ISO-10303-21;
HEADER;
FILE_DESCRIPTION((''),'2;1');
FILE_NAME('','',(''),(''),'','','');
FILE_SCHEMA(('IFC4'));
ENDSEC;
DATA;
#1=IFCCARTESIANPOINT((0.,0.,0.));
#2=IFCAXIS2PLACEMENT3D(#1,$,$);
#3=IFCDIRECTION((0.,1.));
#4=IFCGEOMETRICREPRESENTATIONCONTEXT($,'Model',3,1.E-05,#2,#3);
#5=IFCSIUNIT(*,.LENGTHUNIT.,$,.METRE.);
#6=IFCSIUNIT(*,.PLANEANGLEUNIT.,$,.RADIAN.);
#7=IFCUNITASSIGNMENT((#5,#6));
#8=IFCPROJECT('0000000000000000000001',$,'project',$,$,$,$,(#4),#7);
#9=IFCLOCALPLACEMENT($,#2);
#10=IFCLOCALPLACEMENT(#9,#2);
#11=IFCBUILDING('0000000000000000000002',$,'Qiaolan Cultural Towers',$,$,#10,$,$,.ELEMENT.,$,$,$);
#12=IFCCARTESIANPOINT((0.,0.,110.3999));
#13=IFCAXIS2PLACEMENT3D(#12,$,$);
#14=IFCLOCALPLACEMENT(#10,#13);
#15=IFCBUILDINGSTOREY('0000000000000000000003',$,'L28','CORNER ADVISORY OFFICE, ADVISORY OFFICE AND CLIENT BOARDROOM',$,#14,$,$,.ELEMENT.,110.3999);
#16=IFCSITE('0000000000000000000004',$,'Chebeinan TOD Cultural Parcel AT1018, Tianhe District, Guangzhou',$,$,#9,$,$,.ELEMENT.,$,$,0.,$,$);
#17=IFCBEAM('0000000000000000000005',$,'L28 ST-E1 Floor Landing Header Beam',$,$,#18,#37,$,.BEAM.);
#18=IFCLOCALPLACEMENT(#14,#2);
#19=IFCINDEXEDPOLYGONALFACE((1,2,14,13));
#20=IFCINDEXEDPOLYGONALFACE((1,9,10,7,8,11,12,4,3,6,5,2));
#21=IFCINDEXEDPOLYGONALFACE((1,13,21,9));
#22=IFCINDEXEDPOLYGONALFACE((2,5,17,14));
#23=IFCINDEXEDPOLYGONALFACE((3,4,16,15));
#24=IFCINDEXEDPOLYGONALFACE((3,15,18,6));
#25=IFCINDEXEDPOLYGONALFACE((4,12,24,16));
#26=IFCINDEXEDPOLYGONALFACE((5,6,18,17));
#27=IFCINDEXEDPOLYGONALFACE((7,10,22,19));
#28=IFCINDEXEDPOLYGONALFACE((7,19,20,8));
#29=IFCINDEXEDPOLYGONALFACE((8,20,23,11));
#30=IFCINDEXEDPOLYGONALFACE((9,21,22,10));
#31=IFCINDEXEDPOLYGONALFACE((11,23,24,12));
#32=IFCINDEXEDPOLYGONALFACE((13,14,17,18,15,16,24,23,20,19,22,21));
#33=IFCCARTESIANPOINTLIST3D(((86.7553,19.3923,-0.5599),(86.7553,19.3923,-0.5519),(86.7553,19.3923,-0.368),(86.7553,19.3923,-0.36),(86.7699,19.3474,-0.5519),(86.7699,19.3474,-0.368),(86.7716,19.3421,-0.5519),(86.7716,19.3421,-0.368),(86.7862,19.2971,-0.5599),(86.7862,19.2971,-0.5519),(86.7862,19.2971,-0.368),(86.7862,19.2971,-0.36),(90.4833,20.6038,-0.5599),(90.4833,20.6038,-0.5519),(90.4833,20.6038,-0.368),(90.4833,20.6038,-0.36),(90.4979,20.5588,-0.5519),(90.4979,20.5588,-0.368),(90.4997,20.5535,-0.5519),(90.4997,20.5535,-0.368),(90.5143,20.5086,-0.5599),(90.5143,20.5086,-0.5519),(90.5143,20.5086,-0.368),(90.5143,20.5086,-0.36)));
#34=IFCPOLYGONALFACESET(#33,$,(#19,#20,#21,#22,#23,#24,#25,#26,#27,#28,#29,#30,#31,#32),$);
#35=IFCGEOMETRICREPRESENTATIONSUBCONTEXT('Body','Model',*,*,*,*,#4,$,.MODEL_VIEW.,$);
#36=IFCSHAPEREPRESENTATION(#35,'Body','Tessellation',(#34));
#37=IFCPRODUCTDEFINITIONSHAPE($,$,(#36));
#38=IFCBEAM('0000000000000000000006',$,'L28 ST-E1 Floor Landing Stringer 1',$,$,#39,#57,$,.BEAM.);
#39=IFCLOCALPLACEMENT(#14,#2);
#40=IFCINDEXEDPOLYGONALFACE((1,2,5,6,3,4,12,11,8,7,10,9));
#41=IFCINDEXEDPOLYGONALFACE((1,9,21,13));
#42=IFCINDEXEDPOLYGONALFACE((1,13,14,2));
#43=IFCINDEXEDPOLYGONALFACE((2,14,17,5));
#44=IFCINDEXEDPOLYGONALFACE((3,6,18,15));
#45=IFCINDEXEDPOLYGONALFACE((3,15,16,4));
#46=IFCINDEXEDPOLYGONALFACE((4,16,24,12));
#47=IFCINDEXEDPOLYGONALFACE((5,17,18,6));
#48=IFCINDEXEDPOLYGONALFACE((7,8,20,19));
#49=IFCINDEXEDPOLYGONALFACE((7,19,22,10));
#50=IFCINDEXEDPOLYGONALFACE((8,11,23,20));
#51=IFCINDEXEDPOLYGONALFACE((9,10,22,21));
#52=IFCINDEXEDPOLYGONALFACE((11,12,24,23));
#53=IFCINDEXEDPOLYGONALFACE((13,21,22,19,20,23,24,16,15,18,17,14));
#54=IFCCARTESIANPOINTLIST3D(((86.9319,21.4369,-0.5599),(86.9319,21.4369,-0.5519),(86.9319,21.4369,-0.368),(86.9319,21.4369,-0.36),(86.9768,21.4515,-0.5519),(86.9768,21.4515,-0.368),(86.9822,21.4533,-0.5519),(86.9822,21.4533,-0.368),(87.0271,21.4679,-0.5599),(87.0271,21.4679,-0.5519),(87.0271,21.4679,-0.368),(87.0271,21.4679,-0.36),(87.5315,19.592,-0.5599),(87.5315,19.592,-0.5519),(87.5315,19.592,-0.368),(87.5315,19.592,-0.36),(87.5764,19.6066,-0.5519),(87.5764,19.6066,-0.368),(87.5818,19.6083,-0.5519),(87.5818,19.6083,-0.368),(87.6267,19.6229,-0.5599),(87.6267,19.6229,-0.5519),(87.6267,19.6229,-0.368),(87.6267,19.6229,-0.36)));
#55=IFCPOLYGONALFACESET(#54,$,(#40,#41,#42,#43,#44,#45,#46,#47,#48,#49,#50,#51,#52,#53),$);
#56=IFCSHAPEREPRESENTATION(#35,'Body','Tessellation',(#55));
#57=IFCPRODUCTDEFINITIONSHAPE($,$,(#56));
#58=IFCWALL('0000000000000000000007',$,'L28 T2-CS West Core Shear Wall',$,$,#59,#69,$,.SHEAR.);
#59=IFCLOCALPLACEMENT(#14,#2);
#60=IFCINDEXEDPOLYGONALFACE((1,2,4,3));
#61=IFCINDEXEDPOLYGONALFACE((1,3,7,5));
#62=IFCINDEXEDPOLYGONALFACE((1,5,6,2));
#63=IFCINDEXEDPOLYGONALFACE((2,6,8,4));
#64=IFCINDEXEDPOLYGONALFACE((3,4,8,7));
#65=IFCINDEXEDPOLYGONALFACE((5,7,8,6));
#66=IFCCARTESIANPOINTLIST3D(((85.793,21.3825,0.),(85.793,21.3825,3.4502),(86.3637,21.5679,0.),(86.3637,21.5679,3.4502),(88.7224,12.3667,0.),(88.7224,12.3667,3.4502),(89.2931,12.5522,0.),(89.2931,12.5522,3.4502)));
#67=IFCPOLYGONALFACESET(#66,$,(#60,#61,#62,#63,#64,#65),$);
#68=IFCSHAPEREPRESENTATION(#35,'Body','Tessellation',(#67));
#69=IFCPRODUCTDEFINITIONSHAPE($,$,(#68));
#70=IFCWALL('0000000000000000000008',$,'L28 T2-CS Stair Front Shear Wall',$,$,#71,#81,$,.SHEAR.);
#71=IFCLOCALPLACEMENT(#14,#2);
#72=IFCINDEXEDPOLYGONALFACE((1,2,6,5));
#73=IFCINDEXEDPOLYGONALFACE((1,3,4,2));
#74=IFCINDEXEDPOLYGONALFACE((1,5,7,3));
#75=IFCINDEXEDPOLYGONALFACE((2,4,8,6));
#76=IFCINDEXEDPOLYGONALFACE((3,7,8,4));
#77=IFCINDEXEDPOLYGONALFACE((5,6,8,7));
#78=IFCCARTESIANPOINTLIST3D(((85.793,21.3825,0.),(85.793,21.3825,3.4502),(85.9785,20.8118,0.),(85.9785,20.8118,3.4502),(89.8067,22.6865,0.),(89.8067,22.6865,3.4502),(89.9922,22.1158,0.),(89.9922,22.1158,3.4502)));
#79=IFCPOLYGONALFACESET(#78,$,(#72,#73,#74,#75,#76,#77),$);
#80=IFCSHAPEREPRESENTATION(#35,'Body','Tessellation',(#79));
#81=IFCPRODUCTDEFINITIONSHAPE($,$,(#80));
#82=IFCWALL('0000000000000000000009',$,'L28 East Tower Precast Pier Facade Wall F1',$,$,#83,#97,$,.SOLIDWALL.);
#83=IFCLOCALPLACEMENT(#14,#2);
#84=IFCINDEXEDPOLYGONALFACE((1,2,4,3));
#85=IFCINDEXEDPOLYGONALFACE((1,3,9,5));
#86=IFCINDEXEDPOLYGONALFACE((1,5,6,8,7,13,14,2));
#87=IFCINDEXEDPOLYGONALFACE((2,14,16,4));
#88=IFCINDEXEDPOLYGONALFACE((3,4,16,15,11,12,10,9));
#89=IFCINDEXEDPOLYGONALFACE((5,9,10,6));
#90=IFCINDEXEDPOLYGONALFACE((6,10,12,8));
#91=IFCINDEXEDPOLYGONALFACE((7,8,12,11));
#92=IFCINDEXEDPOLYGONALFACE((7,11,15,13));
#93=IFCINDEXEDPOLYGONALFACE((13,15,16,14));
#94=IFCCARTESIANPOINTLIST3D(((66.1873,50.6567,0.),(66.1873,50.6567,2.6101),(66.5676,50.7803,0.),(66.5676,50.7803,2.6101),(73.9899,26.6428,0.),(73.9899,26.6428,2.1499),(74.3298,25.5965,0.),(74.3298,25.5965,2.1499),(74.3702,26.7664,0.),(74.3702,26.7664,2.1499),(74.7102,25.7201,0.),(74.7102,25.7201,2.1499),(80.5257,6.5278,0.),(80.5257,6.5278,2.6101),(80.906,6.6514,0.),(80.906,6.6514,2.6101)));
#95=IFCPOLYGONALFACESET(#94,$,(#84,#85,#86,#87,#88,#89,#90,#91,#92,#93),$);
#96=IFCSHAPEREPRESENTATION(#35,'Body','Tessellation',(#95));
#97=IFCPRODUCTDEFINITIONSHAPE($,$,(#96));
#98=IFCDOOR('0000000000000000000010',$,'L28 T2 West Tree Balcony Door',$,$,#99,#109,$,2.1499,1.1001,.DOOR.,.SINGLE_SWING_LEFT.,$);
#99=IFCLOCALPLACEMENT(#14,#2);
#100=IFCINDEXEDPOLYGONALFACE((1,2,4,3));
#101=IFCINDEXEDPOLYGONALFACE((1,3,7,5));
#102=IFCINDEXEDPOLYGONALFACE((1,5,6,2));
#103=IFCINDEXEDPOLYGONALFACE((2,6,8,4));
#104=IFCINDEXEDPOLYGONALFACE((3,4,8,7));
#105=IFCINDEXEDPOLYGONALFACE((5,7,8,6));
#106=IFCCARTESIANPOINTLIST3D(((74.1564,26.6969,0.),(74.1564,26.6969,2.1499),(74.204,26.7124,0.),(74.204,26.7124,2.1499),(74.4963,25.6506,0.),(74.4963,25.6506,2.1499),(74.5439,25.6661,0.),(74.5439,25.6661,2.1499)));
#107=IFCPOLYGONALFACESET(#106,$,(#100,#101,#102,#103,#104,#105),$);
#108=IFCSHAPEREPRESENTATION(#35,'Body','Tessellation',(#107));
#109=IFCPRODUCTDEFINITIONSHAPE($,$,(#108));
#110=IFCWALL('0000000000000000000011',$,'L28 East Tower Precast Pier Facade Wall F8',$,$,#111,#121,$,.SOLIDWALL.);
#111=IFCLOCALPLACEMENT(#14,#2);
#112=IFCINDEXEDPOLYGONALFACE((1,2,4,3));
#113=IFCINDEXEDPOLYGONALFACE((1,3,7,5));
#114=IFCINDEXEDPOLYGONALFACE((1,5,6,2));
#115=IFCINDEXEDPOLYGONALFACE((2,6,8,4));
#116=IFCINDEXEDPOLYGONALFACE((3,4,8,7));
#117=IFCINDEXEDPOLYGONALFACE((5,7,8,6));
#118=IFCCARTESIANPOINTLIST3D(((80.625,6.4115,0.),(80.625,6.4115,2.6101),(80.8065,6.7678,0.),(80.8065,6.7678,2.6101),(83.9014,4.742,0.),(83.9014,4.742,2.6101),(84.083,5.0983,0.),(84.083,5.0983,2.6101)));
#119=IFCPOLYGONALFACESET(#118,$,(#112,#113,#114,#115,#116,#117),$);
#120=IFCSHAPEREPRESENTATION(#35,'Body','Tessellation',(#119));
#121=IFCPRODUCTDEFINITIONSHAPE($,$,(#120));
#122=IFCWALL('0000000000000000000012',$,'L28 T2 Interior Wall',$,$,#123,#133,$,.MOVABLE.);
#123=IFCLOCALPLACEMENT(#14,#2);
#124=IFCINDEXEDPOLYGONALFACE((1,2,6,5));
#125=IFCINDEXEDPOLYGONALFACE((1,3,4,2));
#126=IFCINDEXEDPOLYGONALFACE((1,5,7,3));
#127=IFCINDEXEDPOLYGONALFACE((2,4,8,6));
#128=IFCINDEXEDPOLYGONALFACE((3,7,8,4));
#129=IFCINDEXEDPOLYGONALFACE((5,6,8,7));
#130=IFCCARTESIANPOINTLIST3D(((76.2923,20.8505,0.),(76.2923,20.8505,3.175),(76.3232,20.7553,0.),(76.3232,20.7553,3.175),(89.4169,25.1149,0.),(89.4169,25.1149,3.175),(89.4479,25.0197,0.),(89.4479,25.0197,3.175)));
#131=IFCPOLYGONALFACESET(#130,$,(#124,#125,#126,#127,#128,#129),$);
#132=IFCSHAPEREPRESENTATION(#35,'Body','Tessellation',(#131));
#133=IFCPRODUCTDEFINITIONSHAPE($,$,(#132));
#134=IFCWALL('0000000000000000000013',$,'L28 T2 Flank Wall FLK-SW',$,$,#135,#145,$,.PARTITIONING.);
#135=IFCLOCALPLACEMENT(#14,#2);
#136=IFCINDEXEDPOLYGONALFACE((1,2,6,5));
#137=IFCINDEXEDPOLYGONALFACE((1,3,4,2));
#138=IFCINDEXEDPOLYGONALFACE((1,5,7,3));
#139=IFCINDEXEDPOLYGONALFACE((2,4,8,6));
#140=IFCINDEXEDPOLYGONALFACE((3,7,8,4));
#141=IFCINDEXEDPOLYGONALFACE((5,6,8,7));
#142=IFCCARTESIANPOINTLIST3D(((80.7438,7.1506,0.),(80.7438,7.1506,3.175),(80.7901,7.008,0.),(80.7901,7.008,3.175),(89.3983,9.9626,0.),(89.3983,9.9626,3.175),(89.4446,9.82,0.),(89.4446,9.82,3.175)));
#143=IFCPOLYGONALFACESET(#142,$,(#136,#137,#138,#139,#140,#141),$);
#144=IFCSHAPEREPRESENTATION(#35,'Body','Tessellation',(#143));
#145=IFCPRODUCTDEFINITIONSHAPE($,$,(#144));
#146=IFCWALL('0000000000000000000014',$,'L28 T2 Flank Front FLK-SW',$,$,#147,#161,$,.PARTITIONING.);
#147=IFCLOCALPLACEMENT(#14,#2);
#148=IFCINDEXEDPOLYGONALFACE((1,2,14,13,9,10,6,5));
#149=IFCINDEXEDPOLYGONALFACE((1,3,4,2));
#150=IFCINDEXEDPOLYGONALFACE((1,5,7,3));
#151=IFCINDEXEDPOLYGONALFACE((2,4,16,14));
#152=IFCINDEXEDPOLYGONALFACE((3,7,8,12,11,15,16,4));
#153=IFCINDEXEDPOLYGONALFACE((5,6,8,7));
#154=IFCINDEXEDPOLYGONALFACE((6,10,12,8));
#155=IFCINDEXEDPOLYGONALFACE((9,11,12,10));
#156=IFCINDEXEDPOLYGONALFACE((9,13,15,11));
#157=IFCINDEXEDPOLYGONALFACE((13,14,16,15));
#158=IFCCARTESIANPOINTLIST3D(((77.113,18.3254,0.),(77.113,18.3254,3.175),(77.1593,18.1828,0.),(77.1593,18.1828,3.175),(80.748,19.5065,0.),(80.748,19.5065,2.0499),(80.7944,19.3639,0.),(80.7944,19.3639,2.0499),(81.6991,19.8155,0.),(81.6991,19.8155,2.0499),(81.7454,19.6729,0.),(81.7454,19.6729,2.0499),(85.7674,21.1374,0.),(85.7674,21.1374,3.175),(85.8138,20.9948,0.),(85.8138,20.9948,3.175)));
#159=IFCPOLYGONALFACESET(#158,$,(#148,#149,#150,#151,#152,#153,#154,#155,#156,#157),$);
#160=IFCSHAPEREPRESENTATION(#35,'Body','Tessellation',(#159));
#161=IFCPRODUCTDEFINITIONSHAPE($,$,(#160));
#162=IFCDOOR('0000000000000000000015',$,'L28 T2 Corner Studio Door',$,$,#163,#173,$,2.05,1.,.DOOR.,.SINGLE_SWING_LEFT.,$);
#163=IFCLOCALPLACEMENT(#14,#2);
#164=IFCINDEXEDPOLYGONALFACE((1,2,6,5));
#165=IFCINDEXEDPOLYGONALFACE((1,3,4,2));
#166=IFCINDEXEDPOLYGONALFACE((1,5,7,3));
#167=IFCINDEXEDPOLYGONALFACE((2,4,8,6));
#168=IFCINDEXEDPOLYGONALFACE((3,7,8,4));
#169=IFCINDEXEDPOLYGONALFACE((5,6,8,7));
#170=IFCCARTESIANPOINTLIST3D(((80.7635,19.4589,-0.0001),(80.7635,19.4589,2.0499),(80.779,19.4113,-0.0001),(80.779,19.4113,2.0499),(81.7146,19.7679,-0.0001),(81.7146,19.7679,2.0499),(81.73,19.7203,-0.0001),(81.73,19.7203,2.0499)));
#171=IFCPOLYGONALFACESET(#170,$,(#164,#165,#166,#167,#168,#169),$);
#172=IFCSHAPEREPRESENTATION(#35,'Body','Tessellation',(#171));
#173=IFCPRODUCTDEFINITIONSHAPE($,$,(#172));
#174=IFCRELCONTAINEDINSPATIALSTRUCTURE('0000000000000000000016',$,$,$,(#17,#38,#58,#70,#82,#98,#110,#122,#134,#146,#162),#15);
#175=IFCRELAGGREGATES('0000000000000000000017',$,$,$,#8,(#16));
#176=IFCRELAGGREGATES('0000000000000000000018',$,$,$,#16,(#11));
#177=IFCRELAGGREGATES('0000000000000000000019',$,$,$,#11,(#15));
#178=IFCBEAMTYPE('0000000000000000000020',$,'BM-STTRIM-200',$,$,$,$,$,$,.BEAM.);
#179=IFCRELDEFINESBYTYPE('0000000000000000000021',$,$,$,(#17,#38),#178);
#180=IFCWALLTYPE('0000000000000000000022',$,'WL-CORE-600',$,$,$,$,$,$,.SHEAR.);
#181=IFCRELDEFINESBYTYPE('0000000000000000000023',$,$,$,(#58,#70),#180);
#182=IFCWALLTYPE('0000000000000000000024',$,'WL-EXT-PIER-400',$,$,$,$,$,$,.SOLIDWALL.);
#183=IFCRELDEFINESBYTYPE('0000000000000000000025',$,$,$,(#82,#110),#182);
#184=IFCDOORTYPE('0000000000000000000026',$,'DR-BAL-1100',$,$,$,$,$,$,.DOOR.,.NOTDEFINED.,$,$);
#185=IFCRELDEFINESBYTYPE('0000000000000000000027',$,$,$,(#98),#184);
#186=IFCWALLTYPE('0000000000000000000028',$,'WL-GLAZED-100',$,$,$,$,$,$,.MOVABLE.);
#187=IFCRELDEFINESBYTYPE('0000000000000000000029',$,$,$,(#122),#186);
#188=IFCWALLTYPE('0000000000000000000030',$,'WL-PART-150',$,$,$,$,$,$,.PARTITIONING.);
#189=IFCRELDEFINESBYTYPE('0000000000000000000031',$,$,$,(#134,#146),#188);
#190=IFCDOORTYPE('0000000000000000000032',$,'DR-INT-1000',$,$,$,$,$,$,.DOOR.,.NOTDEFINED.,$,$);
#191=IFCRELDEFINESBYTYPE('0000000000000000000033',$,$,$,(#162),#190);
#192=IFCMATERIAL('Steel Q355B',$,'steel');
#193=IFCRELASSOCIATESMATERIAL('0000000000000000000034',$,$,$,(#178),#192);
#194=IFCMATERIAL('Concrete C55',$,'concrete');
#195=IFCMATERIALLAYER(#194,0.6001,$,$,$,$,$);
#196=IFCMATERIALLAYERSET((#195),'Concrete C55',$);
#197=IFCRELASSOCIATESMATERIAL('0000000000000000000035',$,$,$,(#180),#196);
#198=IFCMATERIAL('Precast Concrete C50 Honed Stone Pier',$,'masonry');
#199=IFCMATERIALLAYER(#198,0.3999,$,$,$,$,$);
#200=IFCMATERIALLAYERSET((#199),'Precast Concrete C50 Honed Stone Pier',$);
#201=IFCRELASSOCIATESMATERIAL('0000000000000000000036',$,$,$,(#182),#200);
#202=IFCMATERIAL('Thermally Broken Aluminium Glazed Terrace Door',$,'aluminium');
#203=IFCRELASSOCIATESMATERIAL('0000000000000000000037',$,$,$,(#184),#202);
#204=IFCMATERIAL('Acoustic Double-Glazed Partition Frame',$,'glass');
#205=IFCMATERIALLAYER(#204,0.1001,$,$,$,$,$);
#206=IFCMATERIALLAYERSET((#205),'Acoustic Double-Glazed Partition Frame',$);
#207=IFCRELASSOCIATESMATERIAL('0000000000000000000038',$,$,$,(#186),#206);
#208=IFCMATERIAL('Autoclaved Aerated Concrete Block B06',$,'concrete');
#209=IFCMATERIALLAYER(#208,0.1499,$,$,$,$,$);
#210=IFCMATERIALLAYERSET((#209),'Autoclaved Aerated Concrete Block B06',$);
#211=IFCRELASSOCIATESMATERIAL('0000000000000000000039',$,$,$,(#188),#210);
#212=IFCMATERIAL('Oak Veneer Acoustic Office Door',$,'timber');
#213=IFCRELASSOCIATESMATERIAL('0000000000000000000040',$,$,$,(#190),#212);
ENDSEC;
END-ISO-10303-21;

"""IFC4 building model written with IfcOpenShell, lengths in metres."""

from ifc_helpers import new_model, si_unit, direction, frame, frame_2d, origin, origin_2d, place, context, subcontext, project, spatial, rectangle, i_section, extrude, material, layer, layer_set, material_profile, profile_set, type_object, element, fill, save


model = new_model("IFC4")

# Units and contexts
model_context = context("Model", 3, precision=1e-05, world=origin(), true_north=direction((0.0, 1.0)))
body_context = subcontext(model_context, "Body", "Model", "MODEL_VIEW")
ifc_project = project(units=[si_unit("LENGTHUNIT", "METRE"), si_unit("PLANEANGLEUNIT", "RADIAN")], contexts=[model_context])

# Site, building, storey
site_placement = place(None, origin())
site = spatial("IfcSite", under=ifc_project, at=site_placement, Name="Chebeinan TOD Cultural Parcel AT1018, Tianhe District, Guangzhou", CompositionType="ELEMENT", RefElevation=0.0)
building_placement = place(site_placement, origin())
building = spatial("IfcBuilding", under=site, at=building_placement, Name="Qiaolan Cultural Towers", CompositionType="ELEMENT")
storey_placement = place(building_placement, frame((0.0, 0.0, 110.3999)))
storey = spatial("IfcBuildingStorey", under=building, at=storey_placement, Name="L28", Description="CORNER ADVISORY OFFICE, ADVISORY OFFICE AND CLIENT BOARDROOM", CompositionType="ELEMENT", Elevation=110.3999)

# Beams
ifc_material_1 = material(Name="Steel Q355B", Category="steel")
ifc_material_profile_1 = material_profile(ifc_material_1, i_section(OverallWidth=0.1001, OverallDepth=0.2, WebThickness=0.0056, FlangeThickness=0.0081, at=origin_2d()), Name="HN200x100x5.5x8")
ifc_profile_set_1 = profile_set([ifc_material_profile_1], Name="Steel Q355B")
beam_type_1 = type_object("IfcBeamType", Name="BM-STTRIM-200", PredefinedType="BEAM", material=ifc_profile_set_1)
beam_1_placement = place(storey_placement, frame((86.7708, 19.3447, -0.46), z_axis=(0.951048, 0.309044, 0.0), x_axis=(-0.309044, 0.951048, 0.0)))
element("IfcBeam", 1, at=beam_1_placement, inside=storey, type_object=beam_type_1, Name="L28 ST-E1 Floor Landing Header Beam", PredefinedType="BEAM", context=body_context, shape_type="SweptSolid", body=[
    extrude(i_section(OverallWidth=0.1001, OverallDepth=0.2, WebThickness=0.0056, FlangeThickness=0.0081, at=origin_2d()), origin(), (0.0, 0.0, 1.0), 3.9199),
])
beam_2_placement = place(storey_placement, frame((86.9795, 21.4524, -0.46), z_axis=(0.309083, -0.951035, 0.0), x_axis=(0.951035, 0.309083, 0.0)))
element("IfcBeam", 2, at=beam_2_placement, inside=storey, type_object=beam_type_1, Name="L28 ST-E1 Floor Landing Stringer 1", PredefinedType="BEAM", context=body_context, shape_type="SweptSolid", body=[
    extrude(i_section(OverallWidth=0.1001, OverallDepth=0.2, WebThickness=0.0056, FlangeThickness=0.0081, at=origin_2d()), origin(), (0.0, 0.0, 1.0), 1.9399),
])

# Walls
ifc_material_2 = material(Name="Concrete C55", Category="concrete")
ifc_layer_1 = layer(ifc_material_2, 0.6001)
ifc_layer_set_1 = layer_set([ifc_layer_1], Name="Concrete C55")
wall_type_1 = type_object("IfcWallType", Name="WL-CORE-600", PredefinedType="SHEAR", material=ifc_layer_set_1)
wall_1_placement = place(storey_placement, frame((86.0784, 21.4751, 0.0), z_axis=(0.0, 0.0, 1.0), x_axis=(0.309018, -0.951056, 0.0)))
element("IfcWall", 3, at=wall_1_placement, inside=storey, type_object=wall_type_1, Name="L28 T2-CS West Core Shear Wall", PredefinedType="SHEAR", context=body_context, shape_type="SweptSolid", body=[
    extrude(rectangle(XDim=9.4797, YDim=0.6001, at=frame_2d((4.7397, 0.0))), origin(), (0.0, 0.0, 1.0), 3.4502),
])
wall_2_placement = place(storey_placement, frame((85.8857, 21.0972, 0.0), z_axis=(0.0, 0.0, 1.0), x_axis=(0.951068, 0.308981, 0.0)))
element("IfcWall", 4, at=wall_2_placement, inside=storey, type_object=wall_type_1, Name="L28 T2-CS Stair Front Shear Wall", PredefinedType="SHEAR", context=body_context, shape_type="SweptSolid", body=[
    extrude(rectangle(XDim=4.2202, YDim=0.6001, at=frame_2d((2.1101, 0.0))), origin(), (0.0, 0.0, 1.0), 3.4502),
])

# Wall, opening, door
ifc_material_3 = material(Name="Precast Concrete C50 Honed Stone Pier", Category="masonry")
ifc_layer_2 = layer(ifc_material_3, 0.3999)
ifc_layer_set_2 = layer_set([ifc_layer_2], Name="Precast Concrete C50 Honed Stone Pier")
wall_type_2 = type_object("IfcWallType", Name="WL-EXT-PIER-400", PredefinedType="SOLIDWALL", material=ifc_layer_set_2)
wall_3_placement = place(storey_placement, frame((80.7158, 6.5896, 0.0), z_axis=(0.0, 0.0, 1.0), x_axis=(-0.309018, 0.951056, 0.0)))
wall_3 = element("IfcWall", 5, at=wall_3_placement, inside=storey, type_object=wall_type_2, Name="L28 East Tower Precast Pier Facade Wall F1", PredefinedType="SOLIDWALL", context=body_context, shape_type="SweptSolid", body=[
    extrude(rectangle(XDim=46.3999, YDim=0.3999, at=frame_2d((23.2, 0.0))), origin(), (0.0, 0.0, 1.0), 2.6101),
])
opening_1_placement = place(wall_3_placement, frame((20.05, 0.0, 0.0)))
opening_1 = element("IfcOpeningElement", 6, at=opening_1_placement, cuts=wall_3, PredefinedType="OPENING", context=body_context, shape_type="SweptSolid", body=[
    extrude(rectangle(XDim=1.1001, YDim=2.1499, at=frame_2d((0.55, 1.075))), frame((0.0, 0.21, 0.0), z_axis=(0.0, -1.0, 0.0), x_axis=(1.0, 0.0, 0.0)), (0.0, 0.0, 1.0), 0.4199),
])
ifc_material_4 = material(Name="Thermally Broken Aluminium Glazed Terrace Door", Category="aluminium")
door_type_1 = type_object("IfcDoorType", Name="DR-BAL-1100", OperationType="NOTDEFINED", PredefinedType="DOOR", material=ifc_material_4)
door_1_placement = place(opening_1_placement, origin())
door_1 = element("IfcDoor", 7, at=door_1_placement, inside=storey, type_object=door_type_1, Name="L28 T2 West Tree Balcony Door", OperationType="SINGLE_SWING_LEFT", OverallHeight=2.1499, OverallWidth=1.1001, PredefinedType="DOOR", context=body_context, shape_type="SweptSolid", body=[
    extrude(rectangle(XDim=1.1001, YDim=2.1499, at=frame_2d((0.55, 1.075))), frame((0.0, 0.0249, 0.0), z_axis=(0.0, -1.0, 0.0), x_axis=(1.0, 0.0, 0.0)), (0.0, 0.0, 1.0), 0.05),
])
fill(opening_1, door_1)

# Walls
wall_4_placement = place(storey_placement, frame((83.9922, 4.9202, 0.0), z_axis=(0.0, 0.0, 1.0), x_axis=(-0.891002, 0.453999, 0.0)))
element("IfcWall", 8, at=wall_4_placement, inside=storey, type_object=wall_type_2, Name="L28 East Tower Precast Pier Facade Wall F8", PredefinedType="SOLIDWALL", context=body_context, shape_type="SweptSolid", body=[
    extrude(rectangle(XDim=3.6772, YDim=0.3999, at=frame_2d((1.8386, 0.0))), origin(), (0.0, 0.0, 1.0), 2.6101),
])
ifc_material_5 = material(Name="Acoustic Double-Glazed Partition Frame", Category="glass")
ifc_layer_3 = layer(ifc_material_5, 0.1001)
ifc_layer_set_3 = layer_set([ifc_layer_3], Name="Acoustic Double-Glazed Partition Frame")
wall_type_3 = type_object("IfcWallType", Name="WL-GLAZED-100", PredefinedType="MOVABLE", material=ifc_layer_set_3)
wall_5_placement = place(storey_placement, frame((76.3079, 20.803, 0.0), z_axis=(0.0, 0.0, 1.0), x_axis=(0.951058, 0.309011, 0.0)))
element("IfcWall", 9, at=wall_5_placement, inside=storey, type_object=wall_type_3, Name="L28 T2 Interior Wall", PredefinedType="MOVABLE", context=body_context, shape_type="SweptSolid", body=[
    extrude(rectangle(XDim=13.8, YDim=0.1001, at=frame_2d((6.8999, 0.0))), origin(), (0.0, 0.0, 1.0), 3.175),
])
ifc_material_6 = material(Name="Autoclaved Aerated Concrete Block B06", Category="concrete")
ifc_layer_4 = layer(ifc_material_6, 0.1499)
ifc_layer_set_4 = layer_set([ifc_layer_4], Name="Autoclaved Aerated Concrete Block B06")
wall_type_4 = type_object("IfcWallType", Name="WL-PART-150", PredefinedType="PARTITIONING", material=ifc_layer_set_4)
wall_6_placement = place(storey_placement, frame((80.7671, 7.0793, 0.0), z_axis=(0.0, 0.0, 1.0), x_axis=(0.951057, 0.309015, 0.0)))
element("IfcWall", 10, at=wall_6_placement, inside=storey, type_object=wall_type_4, Name="L28 T2 Flank Wall FLK-SW", PredefinedType="PARTITIONING", context=body_context, shape_type="SweptSolid", body=[
    extrude(rectangle(XDim=9.0999, YDim=0.1499, at=frame_2d((4.5498, 0.0))), origin(), (0.0, 0.0, 1.0), 3.175),
])

# Wall, opening, door
wall_7_placement = place(storey_placement, frame((77.1362, 18.2542, 0.0), z_axis=(0.0, 0.0, 1.0), x_axis=(0.951057, 0.309015, 0.0)))
wall_7 = element("IfcWall", 11, at=wall_7_placement, inside=storey, type_object=wall_type_4, Name="L28 T2 Flank Front FLK-SW", PredefinedType="PARTITIONING", context=body_context, shape_type="SweptSolid", body=[
    extrude(rectangle(XDim=9.0999, YDim=0.1499, at=frame_2d((4.5498, 0.0))), origin(), (0.0, 0.0, 1.0), 3.175),
])
opening_2_placement = place(wall_7_placement, frame((3.822, 0.0, 0.0)))
opening_2 = element("IfcOpeningElement", 12, at=opening_2_placement, cuts=wall_7, PredefinedType="OPENING", context=body_context, shape_type="SweptSolid", body=[
    extrude(rectangle(XDim=1.0, YDim=2.05, at=frame_2d((0.5, 1.0249))), frame((0.0, 0.085, 0.0), z_axis=(0.0, -1.0, 0.0), x_axis=(1.0, 0.0, 0.0)), (0.0, 0.0, 1.0), 0.1699),
])
ifc_material_7 = material(Name="Oak Veneer Acoustic Office Door", Category="timber")
door_type_2 = type_object("IfcDoorType", Name="DR-INT-1000", OperationType="NOTDEFINED", PredefinedType="DOOR", material=ifc_material_7)
door_2_placement = place(opening_2_placement, origin())
door_2 = element("IfcDoor", 13, at=door_2_placement, inside=storey, type_object=door_type_2, Name="L28 T2 Corner Studio Door", OperationType="SINGLE_SWING_LEFT", OverallHeight=2.05, OverallWidth=1.0, PredefinedType="DOOR", context=body_context, shape_type="SweptSolid", body=[
    extrude(rectangle(XDim=1.0, YDim=2.05, at=frame_2d((0.5, 1.0249))), frame((0.0, 0.0249, 0.0), z_axis=(0.0, -1.0, 0.0), x_axis=(1.0, 0.0, 0.0)), (0.0, 0.0, 1.0), 0.05),
])
fill(opening_2, door_2)

save(model, "model.ifc")
